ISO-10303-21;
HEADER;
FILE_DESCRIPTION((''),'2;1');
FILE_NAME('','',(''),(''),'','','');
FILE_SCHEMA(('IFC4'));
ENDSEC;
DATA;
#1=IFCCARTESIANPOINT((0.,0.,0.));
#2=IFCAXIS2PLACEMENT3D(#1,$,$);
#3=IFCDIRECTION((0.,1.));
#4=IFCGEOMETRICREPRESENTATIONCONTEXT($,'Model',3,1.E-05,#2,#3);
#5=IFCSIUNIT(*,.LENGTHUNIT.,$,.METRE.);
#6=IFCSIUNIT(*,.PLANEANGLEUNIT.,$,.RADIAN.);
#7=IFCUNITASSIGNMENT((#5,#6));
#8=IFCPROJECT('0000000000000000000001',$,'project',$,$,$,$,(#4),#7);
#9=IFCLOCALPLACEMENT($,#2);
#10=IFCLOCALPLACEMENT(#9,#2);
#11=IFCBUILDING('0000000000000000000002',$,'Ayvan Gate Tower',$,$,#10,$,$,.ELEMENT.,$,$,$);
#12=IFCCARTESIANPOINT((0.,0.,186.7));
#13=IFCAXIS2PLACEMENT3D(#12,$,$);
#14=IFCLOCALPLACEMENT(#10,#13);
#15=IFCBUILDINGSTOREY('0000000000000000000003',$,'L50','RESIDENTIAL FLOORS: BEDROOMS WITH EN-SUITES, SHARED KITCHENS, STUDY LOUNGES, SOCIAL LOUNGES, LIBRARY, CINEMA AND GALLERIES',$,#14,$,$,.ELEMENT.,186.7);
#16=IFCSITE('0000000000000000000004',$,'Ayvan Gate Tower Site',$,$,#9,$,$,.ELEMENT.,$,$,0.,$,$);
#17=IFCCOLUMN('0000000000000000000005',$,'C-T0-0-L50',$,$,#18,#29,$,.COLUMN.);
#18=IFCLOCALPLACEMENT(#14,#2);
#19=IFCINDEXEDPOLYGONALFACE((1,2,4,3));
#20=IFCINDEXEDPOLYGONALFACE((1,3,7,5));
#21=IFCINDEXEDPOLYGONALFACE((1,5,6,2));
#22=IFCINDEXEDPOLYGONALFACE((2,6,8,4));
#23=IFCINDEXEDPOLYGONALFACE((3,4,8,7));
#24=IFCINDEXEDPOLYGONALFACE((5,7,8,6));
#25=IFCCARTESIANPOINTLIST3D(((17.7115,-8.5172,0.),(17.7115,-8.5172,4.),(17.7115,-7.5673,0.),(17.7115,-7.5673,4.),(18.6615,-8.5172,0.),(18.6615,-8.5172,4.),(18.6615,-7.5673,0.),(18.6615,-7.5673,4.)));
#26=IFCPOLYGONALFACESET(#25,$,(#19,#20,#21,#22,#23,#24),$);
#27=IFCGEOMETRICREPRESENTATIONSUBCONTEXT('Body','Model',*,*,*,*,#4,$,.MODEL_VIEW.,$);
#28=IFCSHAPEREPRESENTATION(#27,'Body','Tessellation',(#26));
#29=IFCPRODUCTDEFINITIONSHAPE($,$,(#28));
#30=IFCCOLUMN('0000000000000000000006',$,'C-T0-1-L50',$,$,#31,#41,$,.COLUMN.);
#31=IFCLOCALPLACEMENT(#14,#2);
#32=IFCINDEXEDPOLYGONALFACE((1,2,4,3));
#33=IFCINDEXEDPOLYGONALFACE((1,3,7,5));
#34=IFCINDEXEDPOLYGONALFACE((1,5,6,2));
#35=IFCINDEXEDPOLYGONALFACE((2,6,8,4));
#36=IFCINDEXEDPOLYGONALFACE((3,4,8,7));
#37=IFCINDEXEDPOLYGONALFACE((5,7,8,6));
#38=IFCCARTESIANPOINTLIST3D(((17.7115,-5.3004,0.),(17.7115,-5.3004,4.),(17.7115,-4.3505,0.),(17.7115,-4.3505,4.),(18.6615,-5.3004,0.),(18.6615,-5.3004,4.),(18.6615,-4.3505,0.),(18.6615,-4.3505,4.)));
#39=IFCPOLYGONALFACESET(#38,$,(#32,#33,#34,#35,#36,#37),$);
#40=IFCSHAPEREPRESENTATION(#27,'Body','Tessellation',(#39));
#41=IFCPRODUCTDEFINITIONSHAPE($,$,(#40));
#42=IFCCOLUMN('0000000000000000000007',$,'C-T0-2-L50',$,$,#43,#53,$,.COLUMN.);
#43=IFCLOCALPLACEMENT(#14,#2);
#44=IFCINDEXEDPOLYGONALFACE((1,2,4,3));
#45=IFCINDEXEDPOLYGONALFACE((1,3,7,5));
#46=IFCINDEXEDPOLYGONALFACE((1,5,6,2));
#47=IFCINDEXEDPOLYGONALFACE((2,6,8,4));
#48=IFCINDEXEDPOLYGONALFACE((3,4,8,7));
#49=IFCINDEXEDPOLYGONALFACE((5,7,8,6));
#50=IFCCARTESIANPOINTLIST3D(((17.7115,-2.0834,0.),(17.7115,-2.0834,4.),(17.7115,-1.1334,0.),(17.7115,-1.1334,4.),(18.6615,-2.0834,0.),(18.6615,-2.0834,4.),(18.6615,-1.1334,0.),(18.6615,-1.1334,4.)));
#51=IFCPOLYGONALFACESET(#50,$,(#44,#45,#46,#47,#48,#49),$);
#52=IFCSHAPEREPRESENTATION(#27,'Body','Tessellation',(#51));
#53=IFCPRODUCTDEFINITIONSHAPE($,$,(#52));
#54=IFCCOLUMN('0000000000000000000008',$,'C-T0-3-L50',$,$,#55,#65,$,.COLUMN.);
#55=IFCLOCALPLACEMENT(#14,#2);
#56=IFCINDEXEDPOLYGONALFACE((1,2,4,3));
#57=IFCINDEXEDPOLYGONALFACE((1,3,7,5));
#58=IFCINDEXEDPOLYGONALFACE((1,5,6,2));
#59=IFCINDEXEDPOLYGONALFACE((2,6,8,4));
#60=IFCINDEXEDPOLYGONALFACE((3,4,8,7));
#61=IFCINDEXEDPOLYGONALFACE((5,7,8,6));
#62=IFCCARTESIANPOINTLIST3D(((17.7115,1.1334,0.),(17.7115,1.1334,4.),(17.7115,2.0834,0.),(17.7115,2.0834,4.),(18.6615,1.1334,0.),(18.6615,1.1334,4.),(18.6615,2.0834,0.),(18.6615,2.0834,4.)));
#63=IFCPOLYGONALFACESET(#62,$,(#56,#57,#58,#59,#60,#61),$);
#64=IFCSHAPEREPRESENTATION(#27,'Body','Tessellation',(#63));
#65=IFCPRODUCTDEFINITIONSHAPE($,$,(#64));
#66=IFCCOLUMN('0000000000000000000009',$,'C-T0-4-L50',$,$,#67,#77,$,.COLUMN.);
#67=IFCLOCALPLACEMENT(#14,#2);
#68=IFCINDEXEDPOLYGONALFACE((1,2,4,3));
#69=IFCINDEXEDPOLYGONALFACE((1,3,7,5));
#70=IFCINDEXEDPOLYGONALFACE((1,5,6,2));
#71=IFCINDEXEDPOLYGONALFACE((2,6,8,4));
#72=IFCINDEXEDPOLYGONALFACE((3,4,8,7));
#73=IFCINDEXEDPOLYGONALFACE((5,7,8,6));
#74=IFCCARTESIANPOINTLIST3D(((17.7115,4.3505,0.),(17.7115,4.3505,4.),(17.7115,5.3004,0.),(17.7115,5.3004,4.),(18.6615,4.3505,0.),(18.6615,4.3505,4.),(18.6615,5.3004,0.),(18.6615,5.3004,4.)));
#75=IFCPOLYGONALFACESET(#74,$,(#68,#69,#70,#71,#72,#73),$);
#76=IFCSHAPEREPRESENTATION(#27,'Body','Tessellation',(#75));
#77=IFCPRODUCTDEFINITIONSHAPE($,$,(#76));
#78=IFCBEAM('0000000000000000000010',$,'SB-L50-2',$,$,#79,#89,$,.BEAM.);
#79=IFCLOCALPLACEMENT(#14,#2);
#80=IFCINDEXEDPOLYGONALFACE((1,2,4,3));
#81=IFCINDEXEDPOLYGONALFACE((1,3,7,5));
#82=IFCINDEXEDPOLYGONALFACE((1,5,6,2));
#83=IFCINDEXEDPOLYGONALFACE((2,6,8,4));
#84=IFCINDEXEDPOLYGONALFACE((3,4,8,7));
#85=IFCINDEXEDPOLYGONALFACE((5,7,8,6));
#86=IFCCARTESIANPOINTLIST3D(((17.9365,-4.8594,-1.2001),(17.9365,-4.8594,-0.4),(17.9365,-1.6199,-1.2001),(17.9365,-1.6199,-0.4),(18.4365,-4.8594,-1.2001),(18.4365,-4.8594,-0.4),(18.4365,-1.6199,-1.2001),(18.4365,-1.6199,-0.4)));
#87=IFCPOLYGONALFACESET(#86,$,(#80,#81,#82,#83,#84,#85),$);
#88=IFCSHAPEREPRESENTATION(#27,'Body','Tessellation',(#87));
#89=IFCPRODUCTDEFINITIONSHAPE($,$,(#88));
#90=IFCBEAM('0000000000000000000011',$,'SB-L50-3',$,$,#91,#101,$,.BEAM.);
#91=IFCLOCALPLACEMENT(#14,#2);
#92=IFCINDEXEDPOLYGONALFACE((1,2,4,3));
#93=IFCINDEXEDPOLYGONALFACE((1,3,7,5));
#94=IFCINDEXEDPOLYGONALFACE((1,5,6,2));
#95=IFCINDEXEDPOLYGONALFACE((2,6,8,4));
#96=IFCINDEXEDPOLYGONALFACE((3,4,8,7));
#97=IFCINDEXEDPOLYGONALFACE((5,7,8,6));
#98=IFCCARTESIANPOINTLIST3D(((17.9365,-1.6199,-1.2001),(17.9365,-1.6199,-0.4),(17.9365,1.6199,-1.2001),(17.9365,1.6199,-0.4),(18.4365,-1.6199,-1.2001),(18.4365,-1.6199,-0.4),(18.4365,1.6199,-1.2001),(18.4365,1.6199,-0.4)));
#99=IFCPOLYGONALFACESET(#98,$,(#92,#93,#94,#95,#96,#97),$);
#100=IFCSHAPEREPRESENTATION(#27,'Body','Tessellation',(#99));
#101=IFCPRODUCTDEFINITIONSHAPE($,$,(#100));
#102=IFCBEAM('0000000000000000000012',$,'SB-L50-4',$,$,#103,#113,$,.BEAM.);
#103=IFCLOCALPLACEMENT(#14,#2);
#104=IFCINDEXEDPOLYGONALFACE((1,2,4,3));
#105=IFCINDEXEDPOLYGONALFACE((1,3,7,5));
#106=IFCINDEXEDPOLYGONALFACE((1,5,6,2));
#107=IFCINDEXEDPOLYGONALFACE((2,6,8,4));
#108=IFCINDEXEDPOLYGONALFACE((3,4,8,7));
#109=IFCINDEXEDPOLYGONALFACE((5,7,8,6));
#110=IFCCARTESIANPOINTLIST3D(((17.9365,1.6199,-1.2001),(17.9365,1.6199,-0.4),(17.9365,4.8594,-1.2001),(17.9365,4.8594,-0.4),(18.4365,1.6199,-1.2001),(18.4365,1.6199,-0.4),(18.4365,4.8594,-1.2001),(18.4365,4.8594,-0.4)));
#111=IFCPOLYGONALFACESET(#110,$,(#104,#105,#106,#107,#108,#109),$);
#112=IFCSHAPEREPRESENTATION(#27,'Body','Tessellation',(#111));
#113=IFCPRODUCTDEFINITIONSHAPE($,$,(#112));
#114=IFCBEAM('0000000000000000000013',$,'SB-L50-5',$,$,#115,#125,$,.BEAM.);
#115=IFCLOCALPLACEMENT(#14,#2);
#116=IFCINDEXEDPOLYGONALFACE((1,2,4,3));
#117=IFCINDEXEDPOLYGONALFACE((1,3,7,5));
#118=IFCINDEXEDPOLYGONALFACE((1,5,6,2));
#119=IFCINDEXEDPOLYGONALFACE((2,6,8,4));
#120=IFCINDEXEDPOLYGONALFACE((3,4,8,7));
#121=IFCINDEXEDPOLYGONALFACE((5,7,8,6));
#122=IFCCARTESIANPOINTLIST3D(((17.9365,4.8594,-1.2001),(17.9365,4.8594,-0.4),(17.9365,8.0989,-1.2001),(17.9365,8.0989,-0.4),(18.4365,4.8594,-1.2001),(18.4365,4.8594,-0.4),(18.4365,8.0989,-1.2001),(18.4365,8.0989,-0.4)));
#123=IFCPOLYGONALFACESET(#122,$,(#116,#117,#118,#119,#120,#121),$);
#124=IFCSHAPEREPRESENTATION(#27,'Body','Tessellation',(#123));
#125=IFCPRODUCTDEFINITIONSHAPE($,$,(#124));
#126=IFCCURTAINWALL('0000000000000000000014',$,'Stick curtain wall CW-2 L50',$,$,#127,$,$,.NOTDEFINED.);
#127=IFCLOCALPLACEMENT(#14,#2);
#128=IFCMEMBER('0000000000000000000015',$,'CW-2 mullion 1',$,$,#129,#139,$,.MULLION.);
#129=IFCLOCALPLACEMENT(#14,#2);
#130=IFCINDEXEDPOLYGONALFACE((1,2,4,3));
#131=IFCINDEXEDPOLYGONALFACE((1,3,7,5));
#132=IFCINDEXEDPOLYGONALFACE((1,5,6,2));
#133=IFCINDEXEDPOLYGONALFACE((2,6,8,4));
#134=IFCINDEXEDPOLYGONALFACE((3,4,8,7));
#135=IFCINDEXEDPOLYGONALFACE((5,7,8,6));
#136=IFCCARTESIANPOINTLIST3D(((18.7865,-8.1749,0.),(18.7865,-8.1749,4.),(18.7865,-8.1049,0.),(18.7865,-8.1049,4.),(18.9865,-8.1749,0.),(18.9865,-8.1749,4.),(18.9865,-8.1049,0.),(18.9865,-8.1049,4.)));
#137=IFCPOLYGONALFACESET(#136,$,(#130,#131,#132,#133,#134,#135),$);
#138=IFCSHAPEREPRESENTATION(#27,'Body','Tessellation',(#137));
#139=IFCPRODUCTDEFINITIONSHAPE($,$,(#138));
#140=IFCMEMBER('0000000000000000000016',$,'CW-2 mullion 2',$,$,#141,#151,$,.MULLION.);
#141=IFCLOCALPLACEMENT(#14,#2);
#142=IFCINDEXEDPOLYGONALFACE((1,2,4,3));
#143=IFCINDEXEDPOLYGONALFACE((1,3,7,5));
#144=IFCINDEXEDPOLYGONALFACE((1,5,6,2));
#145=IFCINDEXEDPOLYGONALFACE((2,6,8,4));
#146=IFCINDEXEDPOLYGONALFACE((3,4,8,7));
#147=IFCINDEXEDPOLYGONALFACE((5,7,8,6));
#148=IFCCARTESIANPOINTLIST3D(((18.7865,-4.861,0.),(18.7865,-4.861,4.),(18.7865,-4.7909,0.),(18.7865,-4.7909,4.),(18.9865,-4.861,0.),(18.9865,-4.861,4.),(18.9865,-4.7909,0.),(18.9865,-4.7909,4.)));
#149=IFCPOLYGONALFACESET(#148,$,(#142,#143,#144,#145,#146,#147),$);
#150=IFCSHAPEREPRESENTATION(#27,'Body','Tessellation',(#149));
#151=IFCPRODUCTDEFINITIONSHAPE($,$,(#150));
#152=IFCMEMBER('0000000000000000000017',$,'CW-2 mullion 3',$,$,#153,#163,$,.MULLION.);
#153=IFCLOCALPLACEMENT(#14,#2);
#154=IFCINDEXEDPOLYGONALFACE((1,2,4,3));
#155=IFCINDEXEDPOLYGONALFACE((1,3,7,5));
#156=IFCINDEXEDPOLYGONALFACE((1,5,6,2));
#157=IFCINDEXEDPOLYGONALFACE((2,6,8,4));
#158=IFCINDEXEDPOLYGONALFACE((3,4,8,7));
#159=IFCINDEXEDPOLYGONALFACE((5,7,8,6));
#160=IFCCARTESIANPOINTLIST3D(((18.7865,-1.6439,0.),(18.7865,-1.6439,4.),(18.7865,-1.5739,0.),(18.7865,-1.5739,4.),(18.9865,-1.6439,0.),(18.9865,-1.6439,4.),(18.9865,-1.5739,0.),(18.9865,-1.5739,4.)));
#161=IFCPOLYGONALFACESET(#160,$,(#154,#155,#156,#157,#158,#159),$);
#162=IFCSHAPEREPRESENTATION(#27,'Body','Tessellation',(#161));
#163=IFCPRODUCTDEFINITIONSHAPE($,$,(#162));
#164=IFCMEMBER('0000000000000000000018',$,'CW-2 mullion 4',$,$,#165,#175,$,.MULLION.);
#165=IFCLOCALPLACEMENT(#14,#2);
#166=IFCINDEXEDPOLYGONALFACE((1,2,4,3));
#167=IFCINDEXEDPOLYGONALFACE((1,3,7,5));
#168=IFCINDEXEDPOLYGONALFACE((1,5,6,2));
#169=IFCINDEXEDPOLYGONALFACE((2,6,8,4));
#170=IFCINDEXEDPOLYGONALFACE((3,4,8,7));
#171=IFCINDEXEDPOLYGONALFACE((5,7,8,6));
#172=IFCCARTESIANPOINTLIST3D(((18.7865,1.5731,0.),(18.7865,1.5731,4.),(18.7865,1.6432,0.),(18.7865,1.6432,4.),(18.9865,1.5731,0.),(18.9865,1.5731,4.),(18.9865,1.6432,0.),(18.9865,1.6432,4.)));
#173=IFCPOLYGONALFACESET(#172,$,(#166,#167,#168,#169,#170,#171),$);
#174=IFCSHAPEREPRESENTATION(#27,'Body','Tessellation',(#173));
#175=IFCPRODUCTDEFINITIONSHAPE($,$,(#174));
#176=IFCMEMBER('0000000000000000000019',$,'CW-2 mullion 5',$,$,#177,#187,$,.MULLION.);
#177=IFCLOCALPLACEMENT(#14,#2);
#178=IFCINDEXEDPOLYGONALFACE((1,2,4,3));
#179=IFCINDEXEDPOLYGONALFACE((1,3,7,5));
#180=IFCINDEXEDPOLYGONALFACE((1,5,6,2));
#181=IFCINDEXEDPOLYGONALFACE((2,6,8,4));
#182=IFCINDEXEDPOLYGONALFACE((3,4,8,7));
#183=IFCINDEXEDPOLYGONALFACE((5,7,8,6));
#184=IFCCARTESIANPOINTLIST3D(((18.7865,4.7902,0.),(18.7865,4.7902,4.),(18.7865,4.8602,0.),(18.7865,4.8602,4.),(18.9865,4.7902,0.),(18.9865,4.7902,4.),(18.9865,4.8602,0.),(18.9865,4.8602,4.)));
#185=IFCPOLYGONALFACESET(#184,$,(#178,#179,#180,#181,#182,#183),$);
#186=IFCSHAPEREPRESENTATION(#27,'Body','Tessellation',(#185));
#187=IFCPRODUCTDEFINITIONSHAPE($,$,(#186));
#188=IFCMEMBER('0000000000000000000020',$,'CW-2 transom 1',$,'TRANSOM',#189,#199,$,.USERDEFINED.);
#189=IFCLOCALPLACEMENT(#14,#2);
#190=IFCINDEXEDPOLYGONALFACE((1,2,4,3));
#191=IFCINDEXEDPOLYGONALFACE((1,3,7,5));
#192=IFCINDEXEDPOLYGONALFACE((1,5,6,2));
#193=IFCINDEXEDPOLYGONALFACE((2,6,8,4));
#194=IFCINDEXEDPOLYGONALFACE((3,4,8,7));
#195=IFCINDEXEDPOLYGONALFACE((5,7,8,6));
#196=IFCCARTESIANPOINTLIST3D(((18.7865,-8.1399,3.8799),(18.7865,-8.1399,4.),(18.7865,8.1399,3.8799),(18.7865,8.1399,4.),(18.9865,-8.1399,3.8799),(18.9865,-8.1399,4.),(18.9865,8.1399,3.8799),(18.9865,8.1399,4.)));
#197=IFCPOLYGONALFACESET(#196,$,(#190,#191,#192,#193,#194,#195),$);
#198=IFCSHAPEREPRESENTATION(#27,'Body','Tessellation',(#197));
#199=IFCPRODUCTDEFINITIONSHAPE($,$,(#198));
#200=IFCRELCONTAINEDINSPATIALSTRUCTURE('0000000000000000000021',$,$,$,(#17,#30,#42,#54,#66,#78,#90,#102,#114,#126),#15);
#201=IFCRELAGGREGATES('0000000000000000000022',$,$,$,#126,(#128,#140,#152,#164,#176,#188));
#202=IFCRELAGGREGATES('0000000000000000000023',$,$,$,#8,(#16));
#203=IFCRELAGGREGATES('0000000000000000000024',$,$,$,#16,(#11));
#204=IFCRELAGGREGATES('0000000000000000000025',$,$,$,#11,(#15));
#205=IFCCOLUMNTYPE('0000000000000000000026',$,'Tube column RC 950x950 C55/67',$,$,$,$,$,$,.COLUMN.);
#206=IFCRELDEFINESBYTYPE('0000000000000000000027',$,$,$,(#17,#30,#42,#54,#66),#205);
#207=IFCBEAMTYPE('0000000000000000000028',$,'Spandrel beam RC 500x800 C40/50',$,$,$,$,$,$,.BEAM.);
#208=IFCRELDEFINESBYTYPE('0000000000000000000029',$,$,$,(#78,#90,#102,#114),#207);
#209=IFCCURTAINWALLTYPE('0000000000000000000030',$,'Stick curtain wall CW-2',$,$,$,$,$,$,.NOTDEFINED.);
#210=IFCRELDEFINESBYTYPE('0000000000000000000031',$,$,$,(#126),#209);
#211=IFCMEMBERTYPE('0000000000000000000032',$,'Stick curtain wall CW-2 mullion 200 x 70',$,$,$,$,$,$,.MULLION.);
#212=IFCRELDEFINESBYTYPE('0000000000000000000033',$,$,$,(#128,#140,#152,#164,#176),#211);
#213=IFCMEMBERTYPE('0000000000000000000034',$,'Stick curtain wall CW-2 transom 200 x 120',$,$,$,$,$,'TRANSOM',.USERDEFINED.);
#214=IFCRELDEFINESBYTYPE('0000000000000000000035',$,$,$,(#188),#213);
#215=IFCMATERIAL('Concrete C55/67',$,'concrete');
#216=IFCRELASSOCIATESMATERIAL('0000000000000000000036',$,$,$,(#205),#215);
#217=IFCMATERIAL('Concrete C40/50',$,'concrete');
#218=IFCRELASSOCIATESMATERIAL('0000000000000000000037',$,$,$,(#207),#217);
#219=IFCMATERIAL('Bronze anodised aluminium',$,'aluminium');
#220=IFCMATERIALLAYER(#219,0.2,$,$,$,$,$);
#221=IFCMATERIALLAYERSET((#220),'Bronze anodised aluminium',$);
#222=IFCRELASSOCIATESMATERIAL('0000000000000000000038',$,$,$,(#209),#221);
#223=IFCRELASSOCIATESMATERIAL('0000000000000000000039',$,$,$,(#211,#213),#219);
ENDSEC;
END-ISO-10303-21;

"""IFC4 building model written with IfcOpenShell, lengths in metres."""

from ifc_helpers import new_model, si_unit, direction, frame, origin, origin_2d, place, context, subcontext, project, spatial, rectangle, extrude, material, layer, layer_set, material_profile, profile_set, type_object, element, aggregate, save


model = new_model("IFC4")

# Units and contexts
model_context = context("Model", 3, precision=1e-05, world=origin(), true_north=direction((0.0, 1.0)))
body_context = subcontext(model_context, "Body", "Model", "MODEL_VIEW")
ifc_project = project(units=[si_unit("LENGTHUNIT", "METRE"), si_unit("PLANEANGLEUNIT", "RADIAN")], contexts=[model_context])

# Site, building, storey
site_placement = place(None, origin())
site = spatial("IfcSite", under=ifc_project, at=site_placement, Name="Ayvan Gate Tower Site", CompositionType="ELEMENT", RefElevation=0.0)
building_placement = place(site_placement, origin())
building = spatial("IfcBuilding", under=site, at=building_placement, Name="Ayvan Gate Tower", CompositionType="ELEMENT")
storey_placement = place(building_placement, frame((0.0, 0.0, 186.7)))
storey = spatial("IfcBuildingStorey", under=building, at=storey_placement, Name="L50", Description="RESIDENTIAL FLOORS: BEDROOMS WITH EN-SUITES, SHARED KITCHENS, STUDY LOUNGES, SOCIAL LOUNGES, LIBRARY, CINEMA AND GALLERIES", CompositionType="ELEMENT", Elevation=186.7)

# Columns
ifc_material_1 = material(Name="Concrete C55/67", Category="concrete")
ifc_material_profile_1 = material_profile(ifc_material_1, rectangle(XDim=0.95, YDim=0.95, at=origin_2d()), Name="RC 950x950")
ifc_profile_set_1 = profile_set([ifc_material_profile_1], Name="Concrete C55/67")
column_type = type_object("IfcColumnType", Name="Tube column RC 950x950 C55/67", PredefinedType="COLUMN", material=ifc_profile_set_1)
for number, where, z_axis, x_axis, name in (
    (1, (18.1865, -8.0422, 0.0), (0.0, 0.0, 1.0), (1.0, 0.0, 0.0), "C-T0-0-L50"),
    (2, (18.1865, -4.8254, 0.0), (0.0, 0.0, 1.0), (1.0, 0.0, 0.0), "C-T0-1-L50"),
    (3, (18.1865, -1.6084, 0.0), (0.0, 0.0, 1.0), (1.0, 0.0, 0.0), "C-T0-2-L50"),
    (4, (18.1865, 1.6084, 0.0), (0.0, 0.0, 1.0), (1.0, 0.0, 0.0), "C-T0-3-L50"),
    (5, (18.1865, 4.8254, 0.0), (0.0, 0.0, 1.0), (1.0, 0.0, 0.0), "C-T0-4-L50"),
):
    element("IfcColumn", number, at=place(storey_placement, frame(where, z_axis=z_axis, x_axis=x_axis)), inside=storey, type_object=column_type, Name=name, PredefinedType="COLUMN", context=body_context, shape_type="SweptSolid", body=[
        extrude(rectangle(XDim=0.95, YDim=0.95, at=origin_2d()), origin(), (0.0, 0.0, 1.0), 4.0),
    ])

# Beams
ifc_material_2 = material(Name="Concrete C40/50", Category="concrete")
ifc_material_profile_2 = material_profile(ifc_material_2, rectangle(XDim=0.5, YDim=0.8, at=origin_2d()), Name="RC 500x800")
ifc_profile_set_2 = profile_set([ifc_material_profile_2], Name="Concrete C40/50")
beam_type = type_object("IfcBeamType", Name="Spandrel beam RC 500x800 C40/50", PredefinedType="BEAM", material=ifc_profile_set_2)
beam_1_placement = place(storey_placement, frame((18.1865, -4.8594, -0.8), z_axis=(0.0, 1.0, 0.0), x_axis=(-1.0, 0.0, 0.0)))
element("IfcBeam", 6, at=beam_1_placement, inside=storey, type_object=beam_type, Name="SB-L50-2", PredefinedType="BEAM", context=body_context, shape_type="SweptSolid", body=[
    extrude(rectangle(XDim=0.5, YDim=0.8, at=origin_2d()), origin(), (0.0, 0.0, 1.0), 3.2395),
])
beam_2_placement = place(storey_placement, frame((18.1865, -1.6199, -0.8), z_axis=(0.0, 1.0, 0.0), x_axis=(-1.0, 0.0, 0.0)))
element("IfcBeam", 7, at=beam_2_placement, inside=storey, type_object=beam_type, Name="SB-L50-3", PredefinedType="BEAM", context=body_context, shape_type="SweptSolid", body=[
    extrude(rectangle(XDim=0.5, YDim=0.8, at=origin_2d()), origin(), (0.0, 0.0, 1.0), 3.2397),
])
for number, where, z_axis, x_axis, name in (
    (8, (18.1865, 1.6199, -0.8), (0.0, 1.0, 0.0), (-1.0, 0.0, 0.0), "SB-L50-4"),
    (9, (18.1865, 4.8594, -0.8), (0.0, 1.0, 0.0), (-1.0, 0.0, 0.0), "SB-L50-5"),
):
    element("IfcBeam", number, at=place(storey_placement, frame(where, z_axis=z_axis, x_axis=x_axis)), inside=storey, type_object=beam_type, Name=name, PredefinedType="BEAM", context=body_context, shape_type="SweptSolid", body=[
        extrude(rectangle(XDim=0.5, YDim=0.8, at=origin_2d()), origin(), (0.0, 0.0, 1.0), 3.2395),
    ])

# Curtain wall, members
ifc_material_3 = material(Name="Bronze anodised aluminium", Category="aluminium")
ifc_layer_1 = layer(ifc_material_3, 0.2)
ifc_layer_set_1 = layer_set([ifc_layer_1], Name="Bronze anodised aluminium")
curtain_wall_type_1 = type_object("IfcCurtainWallType", Name="Stick curtain wall CW-2", PredefinedType="NOTDEFINED", material=ifc_layer_set_1)
curtain_wall_1_placement = place(storey_placement, origin())
curtain_wall_1 = element("IfcCurtainWall", 10, at=curtain_wall_1_placement, inside=storey, type_object=curtain_wall_type_1, Name="Stick curtain wall CW-2 L50", PredefinedType="NOTDEFINED")
ifc_material_profile_3 = material_profile(ifc_material_3, rectangle(XDim=0.2, YDim=0.0701, at=origin_2d()), Name="Stick curtain wall CW-2 mullion 200 x 70")
ifc_profile_set_3 = profile_set([ifc_material_profile_3], Name="Bronze anodised aluminium")
member_type_1 = type_object("IfcMemberType", Name="Stick curtain wall CW-2 mullion 200 x 70", PredefinedType="MULLION", material=ifc_profile_set_3)
member_1_placement = place(storey_placement, frame((18.8865, -8.1399, 0.0), z_axis=(0.0, 0.0, 1.0), x_axis=(1.0, 0.0, 0.0)))
member_1 = element("IfcMember", 11, at=member_1_placement, type_object=member_type_1, Name="CW-2 mullion 1", PredefinedType="MULLION", context=body_context, shape_type="SweptSolid", body=[
    extrude(rectangle(XDim=0.2, YDim=0.0701, at=origin_2d()), origin(), (0.0, 0.0, 1.0), 4.0),
])
member_2_placement = place(storey_placement, frame((18.8865, -4.8259, 0.0), z_axis=(0.0, 0.0, 1.0), x_axis=(1.0, 0.0, 0.0)))
member_2 = element("IfcMember", 12, at=member_2_placement, type_object=member_type_1, Name="CW-2 mullion 2", PredefinedType="MULLION", context=body_context, shape_type="SweptSolid", body=[
    extrude(rectangle(XDim=0.2, YDim=0.0701, at=origin_2d()), origin(), (0.0, 0.0, 1.0), 4.0),
])
member_3_placement = place(storey_placement, frame((18.8865, -1.6089, 0.0), z_axis=(0.0, 0.0, 1.0), x_axis=(1.0, 0.0, 0.0)))
member_3 = element("IfcMember", 13, at=member_3_placement, type_object=member_type_1, Name="CW-2 mullion 3", PredefinedType="MULLION", context=body_context, shape_type="SweptSolid", body=[
    extrude(rectangle(XDim=0.2, YDim=0.0701, at=origin_2d()), origin(), (0.0, 0.0, 1.0), 4.0),
])
member_4_placement = place(storey_placement, frame((18.8865, 1.6082, 0.0), z_axis=(0.0, 0.0, 1.0), x_axis=(1.0, 0.0, 0.0)))
member_4 = element("IfcMember", 14, at=member_4_placement, type_object=member_type_1, Name="CW-2 mullion 4", PredefinedType="MULLION", context=body_context, shape_type="SweptSolid", body=[
    extrude(rectangle(XDim=0.2, YDim=0.0701, at=origin_2d()), origin(), (0.0, 0.0, 1.0), 4.0),
])
member_5_placement = place(storey_placement, frame((18.8865, 4.8252, 0.0), z_axis=(0.0, 0.0, 1.0), x_axis=(1.0, 0.0, 0.0)))
member_5 = element("IfcMember", 15, at=member_5_placement, type_object=member_type_1, Name="CW-2 mullion 5", PredefinedType="MULLION", context=body_context, shape_type="SweptSolid", body=[
    extrude(rectangle(XDim=0.2, YDim=0.0701, at=origin_2d()), origin(), (0.0, 0.0, 1.0), 4.0),
])
ifc_material_profile_4 = material_profile(ifc_material_3, rectangle(XDim=0.2, YDim=0.1201, at=origin_2d()), Name="Stick curtain wall CW-2 transom 200 x 120")
ifc_profile_set_4 = profile_set([ifc_material_profile_4], Name="Bronze anodised aluminium")
member_type_2 = type_object("IfcMemberType", Name="Stick curtain wall CW-2 transom 200 x 120", ElementType="TRANSOM", PredefinedType="USERDEFINED", material=ifc_profile_set_4)
member_6_placement = place(storey_placement, frame((18.8865, -8.1399, 3.9399), z_axis=(0.0, 1.0, 0.0), x_axis=(-1.0, 0.0, 0.0)))
member_6 = element("IfcMember", 16, at=member_6_placement, type_object=member_type_2, Name="CW-2 transom 1", ObjectType="TRANSOM", PredefinedType="USERDEFINED", context=body_context, shape_type="SweptSolid", body=[
    extrude(rectangle(XDim=0.2, YDim=0.1201, at=origin_2d()), origin(), (0.0, 0.0, 1.0), 16.2798),
])

aggregate(curtain_wall_1, [member_1, member_2, member_3, member_4, member_5, member_6])

save(model, "model.ifc")
